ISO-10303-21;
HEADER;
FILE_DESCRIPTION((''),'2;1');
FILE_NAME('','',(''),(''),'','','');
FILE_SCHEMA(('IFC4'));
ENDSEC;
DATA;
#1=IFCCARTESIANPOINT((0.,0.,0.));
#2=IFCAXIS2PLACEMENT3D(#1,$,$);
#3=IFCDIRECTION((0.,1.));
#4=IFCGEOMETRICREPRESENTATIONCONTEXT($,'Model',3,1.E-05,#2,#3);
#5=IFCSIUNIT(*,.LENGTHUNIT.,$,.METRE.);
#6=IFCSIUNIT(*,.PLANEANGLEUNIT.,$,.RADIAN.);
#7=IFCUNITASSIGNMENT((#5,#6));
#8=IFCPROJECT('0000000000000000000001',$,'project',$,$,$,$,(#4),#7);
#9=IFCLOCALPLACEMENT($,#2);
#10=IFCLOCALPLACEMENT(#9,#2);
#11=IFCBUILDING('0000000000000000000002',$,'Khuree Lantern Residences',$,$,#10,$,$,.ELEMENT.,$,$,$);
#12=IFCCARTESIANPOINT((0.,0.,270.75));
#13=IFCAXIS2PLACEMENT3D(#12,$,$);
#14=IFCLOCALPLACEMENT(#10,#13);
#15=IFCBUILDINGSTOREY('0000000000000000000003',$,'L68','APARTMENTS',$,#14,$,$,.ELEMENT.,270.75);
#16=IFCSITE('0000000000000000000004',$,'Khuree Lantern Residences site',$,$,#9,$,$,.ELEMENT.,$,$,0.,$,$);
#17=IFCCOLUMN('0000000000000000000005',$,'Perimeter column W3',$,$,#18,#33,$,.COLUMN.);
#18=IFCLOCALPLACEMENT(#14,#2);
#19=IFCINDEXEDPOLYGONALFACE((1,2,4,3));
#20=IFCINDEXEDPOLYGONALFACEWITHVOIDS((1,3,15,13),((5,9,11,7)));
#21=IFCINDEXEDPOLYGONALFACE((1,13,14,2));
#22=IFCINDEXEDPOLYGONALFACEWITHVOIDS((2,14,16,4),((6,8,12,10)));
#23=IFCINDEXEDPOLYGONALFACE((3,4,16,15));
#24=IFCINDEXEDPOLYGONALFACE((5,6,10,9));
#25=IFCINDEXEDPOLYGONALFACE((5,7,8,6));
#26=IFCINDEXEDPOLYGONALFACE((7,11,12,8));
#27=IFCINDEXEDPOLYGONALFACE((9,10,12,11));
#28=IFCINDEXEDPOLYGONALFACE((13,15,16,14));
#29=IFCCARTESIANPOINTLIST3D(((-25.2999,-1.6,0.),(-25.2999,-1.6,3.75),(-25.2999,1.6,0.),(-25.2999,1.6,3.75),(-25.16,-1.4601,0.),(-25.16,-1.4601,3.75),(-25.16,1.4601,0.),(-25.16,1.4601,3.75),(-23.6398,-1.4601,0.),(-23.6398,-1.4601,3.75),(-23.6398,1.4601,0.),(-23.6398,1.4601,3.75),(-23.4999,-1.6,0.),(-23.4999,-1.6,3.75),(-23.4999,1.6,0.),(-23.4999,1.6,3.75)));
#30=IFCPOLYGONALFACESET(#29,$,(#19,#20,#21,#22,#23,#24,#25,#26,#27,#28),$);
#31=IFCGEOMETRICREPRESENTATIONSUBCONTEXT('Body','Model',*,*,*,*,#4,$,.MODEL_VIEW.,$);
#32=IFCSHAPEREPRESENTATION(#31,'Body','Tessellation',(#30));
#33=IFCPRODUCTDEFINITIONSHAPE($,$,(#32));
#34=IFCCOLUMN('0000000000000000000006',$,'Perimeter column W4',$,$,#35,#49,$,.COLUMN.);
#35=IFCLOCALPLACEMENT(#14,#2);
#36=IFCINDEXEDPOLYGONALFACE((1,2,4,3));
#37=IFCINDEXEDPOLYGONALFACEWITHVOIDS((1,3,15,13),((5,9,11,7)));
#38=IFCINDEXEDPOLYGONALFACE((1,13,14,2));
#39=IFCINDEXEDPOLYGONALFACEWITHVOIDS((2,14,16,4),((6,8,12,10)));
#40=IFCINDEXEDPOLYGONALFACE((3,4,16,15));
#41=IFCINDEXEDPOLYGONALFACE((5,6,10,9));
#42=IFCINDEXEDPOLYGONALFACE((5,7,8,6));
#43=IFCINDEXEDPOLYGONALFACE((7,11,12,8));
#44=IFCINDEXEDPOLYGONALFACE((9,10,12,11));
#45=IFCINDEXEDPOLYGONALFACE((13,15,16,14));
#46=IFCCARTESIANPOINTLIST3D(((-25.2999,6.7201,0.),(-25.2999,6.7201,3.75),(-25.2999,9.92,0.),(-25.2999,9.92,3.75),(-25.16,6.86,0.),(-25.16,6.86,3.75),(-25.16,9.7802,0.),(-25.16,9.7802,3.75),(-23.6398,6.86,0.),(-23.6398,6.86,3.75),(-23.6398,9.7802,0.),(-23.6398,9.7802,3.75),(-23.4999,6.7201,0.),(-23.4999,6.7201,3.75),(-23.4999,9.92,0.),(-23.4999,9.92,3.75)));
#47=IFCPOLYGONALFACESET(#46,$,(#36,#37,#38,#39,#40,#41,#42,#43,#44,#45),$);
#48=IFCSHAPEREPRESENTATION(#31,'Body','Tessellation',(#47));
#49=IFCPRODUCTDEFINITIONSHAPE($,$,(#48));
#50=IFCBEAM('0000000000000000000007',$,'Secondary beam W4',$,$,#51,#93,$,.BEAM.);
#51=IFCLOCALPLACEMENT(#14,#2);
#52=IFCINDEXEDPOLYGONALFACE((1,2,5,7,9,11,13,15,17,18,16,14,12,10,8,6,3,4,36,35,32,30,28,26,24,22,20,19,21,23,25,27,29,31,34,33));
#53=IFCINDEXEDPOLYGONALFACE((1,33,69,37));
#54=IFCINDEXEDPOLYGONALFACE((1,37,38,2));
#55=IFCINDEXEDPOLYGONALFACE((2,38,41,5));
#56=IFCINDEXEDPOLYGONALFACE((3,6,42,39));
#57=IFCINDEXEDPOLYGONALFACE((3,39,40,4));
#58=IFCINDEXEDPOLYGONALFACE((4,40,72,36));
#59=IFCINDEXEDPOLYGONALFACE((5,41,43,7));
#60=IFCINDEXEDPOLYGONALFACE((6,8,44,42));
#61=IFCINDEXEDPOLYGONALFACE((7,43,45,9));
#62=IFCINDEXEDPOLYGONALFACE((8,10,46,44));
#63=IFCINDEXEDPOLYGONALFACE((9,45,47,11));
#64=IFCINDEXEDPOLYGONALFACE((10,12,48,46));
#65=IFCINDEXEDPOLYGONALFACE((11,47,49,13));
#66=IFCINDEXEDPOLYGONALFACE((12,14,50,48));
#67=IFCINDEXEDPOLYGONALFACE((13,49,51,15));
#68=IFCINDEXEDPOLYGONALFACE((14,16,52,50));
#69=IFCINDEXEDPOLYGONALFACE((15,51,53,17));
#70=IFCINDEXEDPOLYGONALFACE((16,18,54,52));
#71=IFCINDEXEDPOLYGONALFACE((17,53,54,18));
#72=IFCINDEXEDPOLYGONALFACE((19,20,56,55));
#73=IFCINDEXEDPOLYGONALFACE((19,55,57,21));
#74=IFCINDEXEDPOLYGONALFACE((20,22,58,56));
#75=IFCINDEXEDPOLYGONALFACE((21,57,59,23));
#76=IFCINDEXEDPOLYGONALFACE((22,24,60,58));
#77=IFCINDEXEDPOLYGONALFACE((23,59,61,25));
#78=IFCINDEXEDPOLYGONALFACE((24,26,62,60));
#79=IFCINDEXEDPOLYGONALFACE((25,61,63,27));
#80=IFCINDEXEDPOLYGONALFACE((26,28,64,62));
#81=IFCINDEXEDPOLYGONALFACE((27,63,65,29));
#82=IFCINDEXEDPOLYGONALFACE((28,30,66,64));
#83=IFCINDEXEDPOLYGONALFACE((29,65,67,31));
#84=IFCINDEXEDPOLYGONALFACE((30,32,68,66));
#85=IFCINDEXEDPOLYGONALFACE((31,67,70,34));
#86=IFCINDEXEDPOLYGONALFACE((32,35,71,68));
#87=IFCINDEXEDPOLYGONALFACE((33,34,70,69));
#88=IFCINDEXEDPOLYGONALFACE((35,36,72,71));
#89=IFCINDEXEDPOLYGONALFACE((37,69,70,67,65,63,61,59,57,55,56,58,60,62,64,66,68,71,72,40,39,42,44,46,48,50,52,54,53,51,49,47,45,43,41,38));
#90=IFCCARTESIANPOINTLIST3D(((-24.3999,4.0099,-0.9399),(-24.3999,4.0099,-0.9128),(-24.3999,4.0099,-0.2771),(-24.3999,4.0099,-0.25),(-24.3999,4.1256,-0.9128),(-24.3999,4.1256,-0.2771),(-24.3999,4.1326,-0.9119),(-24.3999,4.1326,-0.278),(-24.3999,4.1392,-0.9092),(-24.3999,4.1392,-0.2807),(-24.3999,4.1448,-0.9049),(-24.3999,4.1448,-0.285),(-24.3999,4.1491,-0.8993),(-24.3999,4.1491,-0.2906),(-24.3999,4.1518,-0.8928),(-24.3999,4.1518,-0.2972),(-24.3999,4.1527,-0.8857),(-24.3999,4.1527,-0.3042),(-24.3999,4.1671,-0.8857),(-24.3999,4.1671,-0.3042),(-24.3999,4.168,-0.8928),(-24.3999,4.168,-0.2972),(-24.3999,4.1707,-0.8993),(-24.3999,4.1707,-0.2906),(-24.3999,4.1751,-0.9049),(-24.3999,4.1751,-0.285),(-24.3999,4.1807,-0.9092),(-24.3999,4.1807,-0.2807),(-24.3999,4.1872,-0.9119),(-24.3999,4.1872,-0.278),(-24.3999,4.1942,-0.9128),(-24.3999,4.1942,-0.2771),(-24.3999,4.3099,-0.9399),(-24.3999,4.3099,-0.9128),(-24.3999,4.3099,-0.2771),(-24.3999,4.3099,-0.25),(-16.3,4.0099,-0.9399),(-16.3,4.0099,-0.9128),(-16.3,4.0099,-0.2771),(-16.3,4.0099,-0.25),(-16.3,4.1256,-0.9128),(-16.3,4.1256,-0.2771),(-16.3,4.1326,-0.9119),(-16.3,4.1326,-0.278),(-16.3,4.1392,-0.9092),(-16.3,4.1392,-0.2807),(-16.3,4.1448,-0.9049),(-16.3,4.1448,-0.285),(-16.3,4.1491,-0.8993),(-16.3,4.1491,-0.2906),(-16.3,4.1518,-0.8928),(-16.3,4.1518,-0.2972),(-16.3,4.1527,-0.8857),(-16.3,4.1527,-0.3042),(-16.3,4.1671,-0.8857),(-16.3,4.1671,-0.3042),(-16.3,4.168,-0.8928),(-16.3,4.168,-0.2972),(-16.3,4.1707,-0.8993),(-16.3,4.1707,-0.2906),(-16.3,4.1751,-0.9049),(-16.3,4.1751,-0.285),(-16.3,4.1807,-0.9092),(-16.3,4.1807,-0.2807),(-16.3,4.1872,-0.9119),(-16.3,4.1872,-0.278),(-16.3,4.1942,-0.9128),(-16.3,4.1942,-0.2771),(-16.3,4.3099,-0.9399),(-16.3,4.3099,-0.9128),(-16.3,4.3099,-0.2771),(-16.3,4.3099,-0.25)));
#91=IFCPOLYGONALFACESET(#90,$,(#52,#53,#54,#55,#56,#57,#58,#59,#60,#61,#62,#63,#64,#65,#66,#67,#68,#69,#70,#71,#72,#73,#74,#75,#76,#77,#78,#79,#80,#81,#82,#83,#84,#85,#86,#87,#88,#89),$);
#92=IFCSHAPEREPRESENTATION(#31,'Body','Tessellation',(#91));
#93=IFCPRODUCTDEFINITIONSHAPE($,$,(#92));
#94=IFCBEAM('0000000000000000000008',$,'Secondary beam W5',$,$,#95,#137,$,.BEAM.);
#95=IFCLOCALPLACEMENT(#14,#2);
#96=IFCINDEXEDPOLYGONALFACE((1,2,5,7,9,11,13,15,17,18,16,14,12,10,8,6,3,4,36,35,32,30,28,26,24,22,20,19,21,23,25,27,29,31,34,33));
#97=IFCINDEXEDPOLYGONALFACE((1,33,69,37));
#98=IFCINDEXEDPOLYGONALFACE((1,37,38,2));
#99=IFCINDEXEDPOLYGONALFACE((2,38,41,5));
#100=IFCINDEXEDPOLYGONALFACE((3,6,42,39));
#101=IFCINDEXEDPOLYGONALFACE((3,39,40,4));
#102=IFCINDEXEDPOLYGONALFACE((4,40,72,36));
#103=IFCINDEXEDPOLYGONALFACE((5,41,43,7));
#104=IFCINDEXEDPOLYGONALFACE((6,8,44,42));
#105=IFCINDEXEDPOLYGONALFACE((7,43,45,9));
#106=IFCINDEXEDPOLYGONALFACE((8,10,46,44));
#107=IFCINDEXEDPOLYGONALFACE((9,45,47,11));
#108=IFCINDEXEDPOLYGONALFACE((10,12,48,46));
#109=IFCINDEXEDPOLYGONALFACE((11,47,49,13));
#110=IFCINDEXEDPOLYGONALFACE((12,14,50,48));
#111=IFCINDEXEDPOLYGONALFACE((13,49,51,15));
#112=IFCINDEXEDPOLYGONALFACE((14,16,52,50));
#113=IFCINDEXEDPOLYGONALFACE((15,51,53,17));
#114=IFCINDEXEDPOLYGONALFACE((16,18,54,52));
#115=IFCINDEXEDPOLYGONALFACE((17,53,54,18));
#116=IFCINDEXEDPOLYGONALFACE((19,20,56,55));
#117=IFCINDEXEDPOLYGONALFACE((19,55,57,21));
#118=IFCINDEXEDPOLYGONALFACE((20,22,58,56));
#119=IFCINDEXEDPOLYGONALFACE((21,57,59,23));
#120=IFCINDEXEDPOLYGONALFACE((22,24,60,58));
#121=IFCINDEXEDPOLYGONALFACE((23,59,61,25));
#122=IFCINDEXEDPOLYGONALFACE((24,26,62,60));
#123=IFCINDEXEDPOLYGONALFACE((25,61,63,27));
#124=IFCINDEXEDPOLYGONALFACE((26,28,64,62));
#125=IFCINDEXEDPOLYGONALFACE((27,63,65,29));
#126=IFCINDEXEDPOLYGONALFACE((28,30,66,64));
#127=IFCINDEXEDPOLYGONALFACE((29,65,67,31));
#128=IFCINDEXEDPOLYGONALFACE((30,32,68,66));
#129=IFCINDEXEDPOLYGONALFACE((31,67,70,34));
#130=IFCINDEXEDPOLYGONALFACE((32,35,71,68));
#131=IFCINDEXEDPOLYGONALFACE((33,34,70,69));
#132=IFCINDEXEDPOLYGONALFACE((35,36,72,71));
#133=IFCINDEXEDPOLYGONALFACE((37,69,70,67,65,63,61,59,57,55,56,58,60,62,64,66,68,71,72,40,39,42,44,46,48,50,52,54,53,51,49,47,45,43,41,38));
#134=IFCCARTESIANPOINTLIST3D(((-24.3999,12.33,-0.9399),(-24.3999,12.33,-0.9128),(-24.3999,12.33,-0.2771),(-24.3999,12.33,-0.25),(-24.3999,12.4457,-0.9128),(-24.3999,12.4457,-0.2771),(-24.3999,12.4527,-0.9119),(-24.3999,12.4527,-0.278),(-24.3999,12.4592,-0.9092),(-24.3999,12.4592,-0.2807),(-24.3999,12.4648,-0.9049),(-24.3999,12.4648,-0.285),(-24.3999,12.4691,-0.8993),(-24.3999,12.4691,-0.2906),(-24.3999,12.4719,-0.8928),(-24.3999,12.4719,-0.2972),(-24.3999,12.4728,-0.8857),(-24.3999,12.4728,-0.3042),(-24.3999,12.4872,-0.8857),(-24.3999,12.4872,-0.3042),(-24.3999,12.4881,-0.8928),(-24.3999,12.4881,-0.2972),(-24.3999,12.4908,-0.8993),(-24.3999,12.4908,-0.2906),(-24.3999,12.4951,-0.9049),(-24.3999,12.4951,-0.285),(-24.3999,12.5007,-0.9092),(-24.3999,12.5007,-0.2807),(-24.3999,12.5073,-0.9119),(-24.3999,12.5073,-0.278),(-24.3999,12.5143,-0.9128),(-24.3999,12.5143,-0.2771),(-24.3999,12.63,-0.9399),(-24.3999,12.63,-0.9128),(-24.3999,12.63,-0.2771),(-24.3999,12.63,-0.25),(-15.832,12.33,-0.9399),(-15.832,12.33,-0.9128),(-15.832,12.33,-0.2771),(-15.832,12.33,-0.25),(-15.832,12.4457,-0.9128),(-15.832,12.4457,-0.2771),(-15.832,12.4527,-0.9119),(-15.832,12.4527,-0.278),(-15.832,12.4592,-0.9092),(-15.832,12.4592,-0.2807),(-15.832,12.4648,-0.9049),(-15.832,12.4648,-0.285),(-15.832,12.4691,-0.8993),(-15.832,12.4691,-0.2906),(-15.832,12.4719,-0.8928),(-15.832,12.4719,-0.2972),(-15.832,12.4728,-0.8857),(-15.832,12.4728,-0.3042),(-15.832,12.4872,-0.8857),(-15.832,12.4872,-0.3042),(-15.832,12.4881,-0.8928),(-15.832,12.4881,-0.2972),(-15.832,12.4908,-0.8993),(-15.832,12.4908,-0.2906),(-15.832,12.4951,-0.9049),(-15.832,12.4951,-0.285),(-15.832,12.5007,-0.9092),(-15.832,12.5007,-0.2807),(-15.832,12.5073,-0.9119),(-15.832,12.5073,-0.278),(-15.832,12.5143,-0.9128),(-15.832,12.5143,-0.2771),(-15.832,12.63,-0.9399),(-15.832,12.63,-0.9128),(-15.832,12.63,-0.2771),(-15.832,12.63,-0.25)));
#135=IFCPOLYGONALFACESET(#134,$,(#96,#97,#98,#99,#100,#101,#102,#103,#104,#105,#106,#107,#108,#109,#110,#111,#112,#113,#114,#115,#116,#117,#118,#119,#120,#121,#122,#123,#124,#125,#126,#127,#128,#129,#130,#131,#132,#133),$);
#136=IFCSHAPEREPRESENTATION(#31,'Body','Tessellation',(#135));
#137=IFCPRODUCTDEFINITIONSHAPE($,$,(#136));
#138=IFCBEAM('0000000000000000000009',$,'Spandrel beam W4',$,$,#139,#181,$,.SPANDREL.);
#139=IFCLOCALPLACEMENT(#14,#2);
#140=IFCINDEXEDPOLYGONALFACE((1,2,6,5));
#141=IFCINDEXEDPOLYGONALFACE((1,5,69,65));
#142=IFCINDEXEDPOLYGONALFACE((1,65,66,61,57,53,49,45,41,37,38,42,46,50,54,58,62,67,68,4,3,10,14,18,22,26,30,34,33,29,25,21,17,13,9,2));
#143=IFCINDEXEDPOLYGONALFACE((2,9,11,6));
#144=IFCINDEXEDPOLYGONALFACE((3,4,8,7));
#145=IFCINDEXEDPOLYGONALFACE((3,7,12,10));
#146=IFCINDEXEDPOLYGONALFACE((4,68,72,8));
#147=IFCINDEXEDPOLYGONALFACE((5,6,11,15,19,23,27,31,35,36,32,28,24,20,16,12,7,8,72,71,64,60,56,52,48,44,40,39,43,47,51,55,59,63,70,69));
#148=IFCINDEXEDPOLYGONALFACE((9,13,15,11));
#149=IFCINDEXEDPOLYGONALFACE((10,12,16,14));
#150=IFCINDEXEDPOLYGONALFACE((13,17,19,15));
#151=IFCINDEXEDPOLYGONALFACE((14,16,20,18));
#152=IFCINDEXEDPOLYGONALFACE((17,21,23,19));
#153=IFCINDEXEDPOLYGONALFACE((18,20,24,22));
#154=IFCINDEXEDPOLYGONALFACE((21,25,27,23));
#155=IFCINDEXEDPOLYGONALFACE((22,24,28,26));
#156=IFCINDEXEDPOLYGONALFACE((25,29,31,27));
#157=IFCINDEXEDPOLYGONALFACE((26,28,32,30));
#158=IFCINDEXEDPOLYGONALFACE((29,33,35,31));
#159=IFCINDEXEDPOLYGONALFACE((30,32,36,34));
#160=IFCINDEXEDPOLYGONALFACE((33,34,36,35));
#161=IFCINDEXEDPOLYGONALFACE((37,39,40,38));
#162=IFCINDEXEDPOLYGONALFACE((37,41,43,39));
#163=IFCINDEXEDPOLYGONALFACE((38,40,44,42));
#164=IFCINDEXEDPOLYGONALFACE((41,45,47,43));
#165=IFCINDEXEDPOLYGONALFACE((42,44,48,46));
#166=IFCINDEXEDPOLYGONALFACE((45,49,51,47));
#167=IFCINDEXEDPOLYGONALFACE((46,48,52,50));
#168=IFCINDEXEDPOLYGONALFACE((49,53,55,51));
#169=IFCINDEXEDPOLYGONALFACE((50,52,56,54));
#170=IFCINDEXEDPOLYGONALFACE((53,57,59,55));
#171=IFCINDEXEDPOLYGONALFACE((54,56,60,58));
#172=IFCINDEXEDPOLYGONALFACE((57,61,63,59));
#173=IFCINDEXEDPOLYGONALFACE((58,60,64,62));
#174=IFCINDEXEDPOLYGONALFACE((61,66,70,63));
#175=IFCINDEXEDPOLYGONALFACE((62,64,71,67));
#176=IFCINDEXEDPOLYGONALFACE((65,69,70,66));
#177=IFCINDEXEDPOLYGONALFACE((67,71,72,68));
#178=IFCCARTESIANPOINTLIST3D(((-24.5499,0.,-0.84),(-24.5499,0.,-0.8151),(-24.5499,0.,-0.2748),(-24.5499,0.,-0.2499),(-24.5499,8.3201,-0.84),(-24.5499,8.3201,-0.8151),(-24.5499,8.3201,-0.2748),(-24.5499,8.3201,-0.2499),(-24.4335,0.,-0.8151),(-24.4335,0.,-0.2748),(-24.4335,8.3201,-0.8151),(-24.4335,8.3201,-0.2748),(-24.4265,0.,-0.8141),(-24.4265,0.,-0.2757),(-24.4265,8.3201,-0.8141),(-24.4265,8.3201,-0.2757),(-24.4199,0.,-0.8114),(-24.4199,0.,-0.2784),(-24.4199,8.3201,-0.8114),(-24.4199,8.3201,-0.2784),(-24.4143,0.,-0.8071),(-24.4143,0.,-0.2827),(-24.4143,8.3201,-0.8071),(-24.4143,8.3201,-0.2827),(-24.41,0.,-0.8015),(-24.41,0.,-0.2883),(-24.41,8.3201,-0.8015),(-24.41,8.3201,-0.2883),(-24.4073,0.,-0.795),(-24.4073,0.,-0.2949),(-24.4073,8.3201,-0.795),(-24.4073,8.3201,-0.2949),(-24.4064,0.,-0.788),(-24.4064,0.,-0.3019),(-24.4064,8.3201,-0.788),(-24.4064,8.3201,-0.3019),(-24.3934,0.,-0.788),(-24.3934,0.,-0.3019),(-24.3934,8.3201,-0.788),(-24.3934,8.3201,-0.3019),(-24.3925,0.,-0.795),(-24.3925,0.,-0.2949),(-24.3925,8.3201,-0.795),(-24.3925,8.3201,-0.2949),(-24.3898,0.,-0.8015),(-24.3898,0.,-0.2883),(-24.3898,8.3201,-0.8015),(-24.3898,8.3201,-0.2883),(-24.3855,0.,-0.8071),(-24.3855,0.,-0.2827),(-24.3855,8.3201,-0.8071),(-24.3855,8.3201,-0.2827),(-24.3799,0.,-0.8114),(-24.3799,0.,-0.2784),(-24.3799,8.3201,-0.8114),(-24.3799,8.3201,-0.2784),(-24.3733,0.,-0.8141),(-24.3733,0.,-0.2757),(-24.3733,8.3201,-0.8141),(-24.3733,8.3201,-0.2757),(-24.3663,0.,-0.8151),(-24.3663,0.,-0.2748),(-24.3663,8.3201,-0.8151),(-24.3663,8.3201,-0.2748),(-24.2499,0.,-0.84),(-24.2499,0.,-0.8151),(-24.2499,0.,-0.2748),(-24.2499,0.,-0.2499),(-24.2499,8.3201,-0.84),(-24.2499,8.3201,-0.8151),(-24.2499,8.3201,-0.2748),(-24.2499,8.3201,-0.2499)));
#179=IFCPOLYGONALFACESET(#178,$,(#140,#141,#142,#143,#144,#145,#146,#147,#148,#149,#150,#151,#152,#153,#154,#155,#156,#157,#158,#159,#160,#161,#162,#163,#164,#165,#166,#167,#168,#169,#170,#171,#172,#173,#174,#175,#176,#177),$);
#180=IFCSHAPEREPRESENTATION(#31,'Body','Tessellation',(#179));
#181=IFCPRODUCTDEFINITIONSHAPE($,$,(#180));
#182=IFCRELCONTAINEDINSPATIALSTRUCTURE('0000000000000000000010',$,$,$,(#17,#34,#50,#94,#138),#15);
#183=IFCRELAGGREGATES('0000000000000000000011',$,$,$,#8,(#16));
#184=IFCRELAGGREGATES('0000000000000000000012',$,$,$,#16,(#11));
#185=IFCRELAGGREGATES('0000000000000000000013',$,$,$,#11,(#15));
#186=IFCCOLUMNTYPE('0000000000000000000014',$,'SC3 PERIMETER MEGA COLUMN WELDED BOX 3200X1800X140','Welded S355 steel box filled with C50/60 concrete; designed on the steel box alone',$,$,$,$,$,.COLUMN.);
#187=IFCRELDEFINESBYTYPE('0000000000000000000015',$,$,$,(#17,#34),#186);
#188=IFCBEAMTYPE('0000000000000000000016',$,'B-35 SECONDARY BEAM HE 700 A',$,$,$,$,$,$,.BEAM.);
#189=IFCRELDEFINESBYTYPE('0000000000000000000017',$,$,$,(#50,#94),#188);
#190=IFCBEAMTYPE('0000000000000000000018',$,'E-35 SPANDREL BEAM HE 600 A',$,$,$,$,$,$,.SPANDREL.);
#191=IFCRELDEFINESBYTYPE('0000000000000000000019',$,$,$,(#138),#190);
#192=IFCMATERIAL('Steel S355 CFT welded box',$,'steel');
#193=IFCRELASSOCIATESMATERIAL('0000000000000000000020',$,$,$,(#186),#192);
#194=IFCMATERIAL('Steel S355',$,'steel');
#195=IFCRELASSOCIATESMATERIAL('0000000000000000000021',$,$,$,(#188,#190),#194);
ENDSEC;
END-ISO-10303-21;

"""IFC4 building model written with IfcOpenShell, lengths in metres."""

from ifc_helpers import new_model, si_unit, direction, frame, origin, origin_2d, place, context, subcontext, project, spatial, hollow_rectangle, i_section, extrude, material, material_profile, profile_set, type_object, element, save


model = new_model("IFC4")

# Units and contexts
model_context = context("Model", 3, precision=1e-05, world=origin(), true_north=direction((0.0, 1.0)))
body_context = subcontext(model_context, "Body", "Model", "MODEL_VIEW")
ifc_project = project(units=[si_unit("LENGTHUNIT", "METRE"), si_unit("PLANEANGLEUNIT", "RADIAN")], contexts=[model_context])

# Site, building, storey
site_placement = place(None, origin())
site = spatial("IfcSite", under=ifc_project, at=site_placement, Name="Khuree Lantern Residences site", CompositionType="ELEMENT", RefElevation=0.0)
building_placement = place(site_placement, origin())
building = spatial("IfcBuilding", under=site, at=building_placement, Name="Khuree Lantern Residences", CompositionType="ELEMENT")
storey_placement = place(building_placement, frame((0.0, 0.0, 270.75)))
storey = spatial("IfcBuildingStorey", under=building, at=storey_placement, Name="L68", Description="APARTMENTS", CompositionType="ELEMENT", Elevation=270.75)

# Columns
ifc_material_1 = material(Name="Steel S355 CFT welded box", Category="steel")
ifc_material_profile_1 = material_profile(ifc_material_1, hollow_rectangle(XDim=3.2, YDim=1.8, WallThickness=0.1399, at=origin_2d()), Name="WELDED BOX 3200X1800X140")
ifc_profile_set_1 = profile_set([ifc_material_profile_1], Name="Steel S355 CFT welded box")
column_type = type_object("IfcColumnType", Name="SC3 PERIMETER MEGA COLUMN WELDED BOX 3200X1800X140", Description="Welded S355 steel box filled with C50/60 concrete; designed on the steel box alone", PredefinedType="COLUMN", material=ifc_profile_set_1)
for number, where, z_axis, x_axis, name in (
    (1, (-24.3999, 0.0, 0.0), (0.0, 0.0, 1.0), (0.0, 1.0, 0.0), "Perimeter column W3"),
    (2, (-24.3999, 8.3201, 0.0), (0.0, 0.0, 1.0), (0.0, 1.0, 0.0), "Perimeter column W4"),
):
    element("IfcColumn", number, at=place(storey_placement, frame(where, z_axis=z_axis, x_axis=x_axis)), inside=storey, type_object=column_type, Name=name, PredefinedType="COLUMN", context=body_context, shape_type="SweptSolid", body=[
        extrude(hollow_rectangle(XDim=3.2, YDim=1.8, WallThickness=0.1399, at=origin_2d()), origin(), (0.0, 0.0, 1.0), 3.75),
    ])

# Beams
ifc_material_2 = material(Name="Steel S355", Category="steel")
ifc_material_profile_2 = material_profile(ifc_material_2, i_section(OverallWidth=0.3, OverallDepth=0.6899, WebThickness=0.0144, FlangeThickness=0.0271, FilletRadius=0.0271, at=origin_2d()), Name="HE 700 A")
ifc_profile_set_2 = profile_set([ifc_material_profile_2], Name="Steel S355")
beam_type_1 = type_object("IfcBeamType", Name="B-35 SECONDARY BEAM HE 700 A", PredefinedType="BEAM", material=ifc_profile_set_2)
beam_1_placement = place(storey_placement, frame((-24.3999, 4.1599, -0.595), z_axis=(1.0, 0.0, 0.0), x_axis=(0.0, 1.0, 0.0)))
element("IfcBeam", 3, at=beam_1_placement, inside=storey, type_object=beam_type_1, Name="Secondary beam W4", PredefinedType="BEAM", context=body_context, shape_type="SweptSolid", body=[
    extrude(i_section(OverallWidth=0.3, OverallDepth=0.6899, WebThickness=0.0144, FlangeThickness=0.0271, FilletRadius=0.0271, at=origin_2d()), origin(), (0.0, 0.0, 1.0), 8.0999),
])
beam_2_placement = place(storey_placement, frame((-24.3999, 12.48, -0.595), z_axis=(1.0, 0.0, 0.0), x_axis=(0.0, 1.0, 0.0)))
element("IfcBeam", 4, at=beam_2_placement, inside=storey, type_object=beam_type_1, Name="Secondary beam W5", PredefinedType="BEAM", context=body_context, shape_type="SweptSolid", body=[
    extrude(i_section(OverallWidth=0.3, OverallDepth=0.6899, WebThickness=0.0144, FlangeThickness=0.0271, FilletRadius=0.0271, at=origin_2d()), origin(), (0.0, 0.0, 1.0), 8.5679),
])
ifc_material_profile_3 = material_profile(ifc_material_2, i_section(OverallWidth=0.3, OverallDepth=0.5901, WebThickness=0.0129, FlangeThickness=0.0249, FilletRadius=0.0271, at=origin_2d()), Name="HE 600 A")
ifc_profile_set_3 = profile_set([ifc_material_profile_3], Name="Steel S355")
beam_type_2 = type_object("IfcBeamType", Name="E-35 SPANDREL BEAM HE 600 A", PredefinedType="SPANDREL", material=ifc_profile_set_3)
beam_3_placement = place(storey_placement, frame((-24.3999, 0.0, -0.5449), z_axis=(0.0, 1.0, 0.0), x_axis=(-1.0, 0.0, 0.0)))
element("IfcBeam", 5, at=beam_3_placement, inside=storey, type_object=beam_type_2, Name="Spandrel beam W4", PredefinedType="SPANDREL", context=body_context, shape_type="SweptSolid", body=[
    extrude(i_section(OverallWidth=0.3, OverallDepth=0.5901, WebThickness=0.0129, FlangeThickness=0.0249, FilletRadius=0.0271, at=origin_2d()), origin(), (0.0, 0.0, 1.0), 8.3201),
])

save(model, "model.ifc")
